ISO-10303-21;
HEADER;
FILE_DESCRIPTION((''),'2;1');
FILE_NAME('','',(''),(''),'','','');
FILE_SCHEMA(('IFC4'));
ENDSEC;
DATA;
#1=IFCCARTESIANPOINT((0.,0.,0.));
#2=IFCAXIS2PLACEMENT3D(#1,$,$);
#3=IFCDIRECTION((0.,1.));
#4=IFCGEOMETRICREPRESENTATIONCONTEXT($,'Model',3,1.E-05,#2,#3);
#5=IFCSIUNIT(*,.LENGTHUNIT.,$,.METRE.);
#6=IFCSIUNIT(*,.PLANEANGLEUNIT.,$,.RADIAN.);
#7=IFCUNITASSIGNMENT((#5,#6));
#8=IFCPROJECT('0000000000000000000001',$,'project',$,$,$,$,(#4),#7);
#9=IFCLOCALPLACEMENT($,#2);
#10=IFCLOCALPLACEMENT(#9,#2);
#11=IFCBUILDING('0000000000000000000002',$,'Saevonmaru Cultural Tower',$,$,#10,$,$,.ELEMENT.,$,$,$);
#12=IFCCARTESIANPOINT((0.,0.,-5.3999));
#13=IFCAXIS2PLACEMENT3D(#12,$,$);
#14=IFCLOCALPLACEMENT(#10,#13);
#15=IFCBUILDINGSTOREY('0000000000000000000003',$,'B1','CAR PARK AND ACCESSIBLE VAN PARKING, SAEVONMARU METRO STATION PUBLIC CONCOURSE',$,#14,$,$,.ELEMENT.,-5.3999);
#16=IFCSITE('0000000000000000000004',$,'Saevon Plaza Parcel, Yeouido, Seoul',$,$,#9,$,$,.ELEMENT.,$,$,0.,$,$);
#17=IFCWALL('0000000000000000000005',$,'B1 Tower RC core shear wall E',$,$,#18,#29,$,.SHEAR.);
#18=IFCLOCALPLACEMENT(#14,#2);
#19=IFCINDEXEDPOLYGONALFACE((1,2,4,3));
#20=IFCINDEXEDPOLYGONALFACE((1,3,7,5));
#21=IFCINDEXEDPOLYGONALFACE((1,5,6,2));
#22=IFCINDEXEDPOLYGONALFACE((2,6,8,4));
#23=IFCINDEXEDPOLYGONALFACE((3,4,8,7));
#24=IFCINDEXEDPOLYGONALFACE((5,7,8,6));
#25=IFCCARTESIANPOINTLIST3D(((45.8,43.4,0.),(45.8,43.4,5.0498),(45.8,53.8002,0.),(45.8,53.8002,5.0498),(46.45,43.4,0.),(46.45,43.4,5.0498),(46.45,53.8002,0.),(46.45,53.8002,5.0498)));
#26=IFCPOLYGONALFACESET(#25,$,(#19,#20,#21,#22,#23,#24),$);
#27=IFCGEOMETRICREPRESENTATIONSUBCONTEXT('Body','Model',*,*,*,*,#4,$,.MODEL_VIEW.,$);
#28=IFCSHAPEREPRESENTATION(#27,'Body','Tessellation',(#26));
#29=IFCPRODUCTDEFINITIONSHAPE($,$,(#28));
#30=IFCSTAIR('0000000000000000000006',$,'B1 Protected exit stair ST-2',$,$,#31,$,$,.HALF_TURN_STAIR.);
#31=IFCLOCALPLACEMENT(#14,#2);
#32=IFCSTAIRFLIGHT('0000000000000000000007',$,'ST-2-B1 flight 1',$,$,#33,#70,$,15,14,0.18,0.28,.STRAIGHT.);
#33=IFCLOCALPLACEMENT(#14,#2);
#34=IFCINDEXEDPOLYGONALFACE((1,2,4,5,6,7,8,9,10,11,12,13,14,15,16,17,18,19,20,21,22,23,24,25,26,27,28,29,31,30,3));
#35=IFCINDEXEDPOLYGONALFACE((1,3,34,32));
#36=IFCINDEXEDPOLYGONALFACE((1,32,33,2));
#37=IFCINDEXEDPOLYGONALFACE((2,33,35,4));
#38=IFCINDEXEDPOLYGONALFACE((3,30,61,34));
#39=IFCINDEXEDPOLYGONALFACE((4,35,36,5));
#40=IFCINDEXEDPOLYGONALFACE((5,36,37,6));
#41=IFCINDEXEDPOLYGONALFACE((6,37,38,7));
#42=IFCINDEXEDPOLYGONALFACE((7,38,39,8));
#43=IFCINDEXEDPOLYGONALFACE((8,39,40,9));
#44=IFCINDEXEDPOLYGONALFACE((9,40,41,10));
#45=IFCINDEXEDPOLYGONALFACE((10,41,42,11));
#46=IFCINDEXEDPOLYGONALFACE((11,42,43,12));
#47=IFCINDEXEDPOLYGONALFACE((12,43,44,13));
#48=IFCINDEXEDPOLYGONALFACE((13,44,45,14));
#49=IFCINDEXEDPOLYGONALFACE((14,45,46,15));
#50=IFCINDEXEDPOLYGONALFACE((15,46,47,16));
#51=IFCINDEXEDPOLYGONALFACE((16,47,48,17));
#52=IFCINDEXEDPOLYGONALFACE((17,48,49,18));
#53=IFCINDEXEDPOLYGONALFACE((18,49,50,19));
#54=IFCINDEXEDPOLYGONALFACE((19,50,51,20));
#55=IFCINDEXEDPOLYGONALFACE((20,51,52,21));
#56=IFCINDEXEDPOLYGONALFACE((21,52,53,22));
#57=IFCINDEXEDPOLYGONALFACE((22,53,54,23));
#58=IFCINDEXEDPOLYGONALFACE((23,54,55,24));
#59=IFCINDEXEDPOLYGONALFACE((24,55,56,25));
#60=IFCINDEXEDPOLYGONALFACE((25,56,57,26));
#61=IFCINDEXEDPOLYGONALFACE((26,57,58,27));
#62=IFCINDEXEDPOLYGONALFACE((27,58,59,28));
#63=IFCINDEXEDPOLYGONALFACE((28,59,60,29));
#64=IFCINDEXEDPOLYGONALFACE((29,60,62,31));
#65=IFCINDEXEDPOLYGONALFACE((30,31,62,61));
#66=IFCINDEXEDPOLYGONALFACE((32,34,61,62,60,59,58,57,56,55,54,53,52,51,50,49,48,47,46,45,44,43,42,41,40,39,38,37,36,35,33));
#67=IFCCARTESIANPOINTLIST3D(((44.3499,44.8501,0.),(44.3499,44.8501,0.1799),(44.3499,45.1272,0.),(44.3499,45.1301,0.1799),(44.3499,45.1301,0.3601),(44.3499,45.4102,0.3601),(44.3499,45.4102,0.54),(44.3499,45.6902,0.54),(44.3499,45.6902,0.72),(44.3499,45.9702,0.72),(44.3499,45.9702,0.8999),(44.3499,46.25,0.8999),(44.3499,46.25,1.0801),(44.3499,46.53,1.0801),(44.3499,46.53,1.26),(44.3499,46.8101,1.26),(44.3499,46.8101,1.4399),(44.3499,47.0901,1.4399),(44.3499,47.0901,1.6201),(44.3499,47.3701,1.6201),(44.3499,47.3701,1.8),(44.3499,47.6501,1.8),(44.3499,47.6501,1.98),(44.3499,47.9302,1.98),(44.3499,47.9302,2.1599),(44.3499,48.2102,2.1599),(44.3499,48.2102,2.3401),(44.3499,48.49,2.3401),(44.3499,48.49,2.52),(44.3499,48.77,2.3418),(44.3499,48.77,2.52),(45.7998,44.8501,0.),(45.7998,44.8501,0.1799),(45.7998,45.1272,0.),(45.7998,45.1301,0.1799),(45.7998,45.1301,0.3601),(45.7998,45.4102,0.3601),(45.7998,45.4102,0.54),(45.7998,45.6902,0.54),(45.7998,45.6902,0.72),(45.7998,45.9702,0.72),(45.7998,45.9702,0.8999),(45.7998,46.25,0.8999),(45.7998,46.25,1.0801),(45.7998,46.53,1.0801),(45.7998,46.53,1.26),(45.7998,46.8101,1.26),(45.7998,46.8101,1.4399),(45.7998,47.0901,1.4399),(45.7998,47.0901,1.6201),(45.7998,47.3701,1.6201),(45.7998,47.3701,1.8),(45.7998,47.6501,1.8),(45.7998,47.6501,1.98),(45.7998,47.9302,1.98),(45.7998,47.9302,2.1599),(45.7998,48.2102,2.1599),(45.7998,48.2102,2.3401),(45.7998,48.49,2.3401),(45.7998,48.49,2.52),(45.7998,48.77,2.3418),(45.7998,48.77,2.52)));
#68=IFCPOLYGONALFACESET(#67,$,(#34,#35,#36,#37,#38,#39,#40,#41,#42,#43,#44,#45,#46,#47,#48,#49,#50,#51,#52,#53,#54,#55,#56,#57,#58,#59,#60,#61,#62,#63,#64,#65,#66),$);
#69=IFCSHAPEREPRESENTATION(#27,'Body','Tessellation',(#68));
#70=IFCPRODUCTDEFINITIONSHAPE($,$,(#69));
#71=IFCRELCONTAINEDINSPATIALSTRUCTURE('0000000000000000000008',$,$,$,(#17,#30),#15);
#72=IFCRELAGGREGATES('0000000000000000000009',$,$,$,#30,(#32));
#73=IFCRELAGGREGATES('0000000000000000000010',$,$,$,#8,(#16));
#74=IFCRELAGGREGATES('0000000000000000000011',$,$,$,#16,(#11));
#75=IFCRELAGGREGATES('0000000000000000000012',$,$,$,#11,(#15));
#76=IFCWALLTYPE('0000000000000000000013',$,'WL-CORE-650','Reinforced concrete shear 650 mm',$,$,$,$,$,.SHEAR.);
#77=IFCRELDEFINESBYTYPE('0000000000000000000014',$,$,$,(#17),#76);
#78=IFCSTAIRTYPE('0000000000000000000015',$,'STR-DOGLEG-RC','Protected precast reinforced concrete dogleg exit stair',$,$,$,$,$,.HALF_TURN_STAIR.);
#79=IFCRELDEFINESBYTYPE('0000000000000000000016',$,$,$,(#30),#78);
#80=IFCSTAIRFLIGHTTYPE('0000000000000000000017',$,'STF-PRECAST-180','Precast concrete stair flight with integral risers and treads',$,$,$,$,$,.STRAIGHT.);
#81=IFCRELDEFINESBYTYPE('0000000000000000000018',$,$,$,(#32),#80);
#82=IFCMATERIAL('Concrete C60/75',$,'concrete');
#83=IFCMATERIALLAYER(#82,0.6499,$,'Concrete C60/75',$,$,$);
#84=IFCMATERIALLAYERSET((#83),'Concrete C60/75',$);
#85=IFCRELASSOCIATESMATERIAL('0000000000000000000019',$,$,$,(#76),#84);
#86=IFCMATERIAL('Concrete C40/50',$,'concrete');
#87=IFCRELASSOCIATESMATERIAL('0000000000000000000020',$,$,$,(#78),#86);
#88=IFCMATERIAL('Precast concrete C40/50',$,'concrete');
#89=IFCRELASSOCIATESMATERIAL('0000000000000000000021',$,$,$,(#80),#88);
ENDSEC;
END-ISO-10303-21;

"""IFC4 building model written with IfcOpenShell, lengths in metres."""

from ifc_helpers import new_model, si_unit, direction, frame, frame_2d, origin, place, context, subcontext, project, spatial, polyline, rectangle, outline, extrude, material, layer, layer_set, type_object, element, aggregate, save


model = new_model("IFC4")

# Units and contexts
model_context = context("Model", 3, precision=1e-05, world=origin(), true_north=direction((0.0, 1.0)))
body_context = subcontext(model_context, "Body", "Model", "MODEL_VIEW")
ifc_project = project(units=[si_unit("LENGTHUNIT", "METRE"), si_unit("PLANEANGLEUNIT", "RADIAN")], contexts=[model_context])

# Site, building, storey
site_placement = place(None, origin())
site = spatial("IfcSite", under=ifc_project, at=site_placement, Name="Saevon Plaza Parcel, Yeouido, Seoul", CompositionType="ELEMENT", RefElevation=0.0)
building_placement = place(site_placement, origin())
building = spatial("IfcBuilding", under=site, at=building_placement, Name="Saevonmaru Cultural Tower", CompositionType="ELEMENT")
storey_placement = place(building_placement, frame((0.0, 0.0, -5.3999)))
storey = spatial("IfcBuildingStorey", under=building, at=storey_placement, Name="B1", Description="CAR PARK AND ACCESSIBLE VAN PARKING, SAEVONMARU METRO STATION PUBLIC CONCOURSE", CompositionType="ELEMENT", Elevation=-5.3999)

# Shared definitions
ifc_material_1 = material(Name="Concrete C60/75", Category="concrete")

# Wall
ifc_layer_1 = layer(ifc_material_1, 0.6499, Name="Concrete C60/75")
ifc_layer_set_1 = layer_set([ifc_layer_1], Name="Concrete C60/75")
wall_type = type_object("IfcWallType", Name="WL-CORE-650", Description="Reinforced concrete shear 650 mm", PredefinedType="SHEAR", material=ifc_layer_set_1)
wall_placement = place(storey_placement, frame((46.125, 43.3999, 0.0), z_axis=(0.0, 0.0, 1.0), x_axis=(0.0, 1.0, 0.0)))
element("IfcWall", 1, at=wall_placement, inside=storey, type_object=wall_type, Name="B1 Tower RC core shear wall E", PredefinedType="SHEAR", context=body_context, shape_type="SweptSolid", body=[
    extrude(rectangle(XDim=10.4001, YDim=0.6499, at=frame_2d((5.2002, 0.0))), origin(), (0.0, 0.0, 1.0), 5.0498),
])

# Stair, stair flight
ifc_material_2 = material(Name="Concrete C40/50", Category="concrete")
stair_type = type_object("IfcStairType", Name="STR-DOGLEG-RC", Description="Protected precast reinforced concrete dogleg exit stair", PredefinedType="HALF_TURN_STAIR", material=ifc_material_2)
stair_placement = place(storey_placement, origin())
stair = element("IfcStair", 2, at=stair_placement, inside=storey, type_object=stair_type, Name="B1 Protected exit stair ST-2", PredefinedType="HALF_TURN_STAIR")
ifc_material_3 = material(Name="Precast concrete C40/50", Category="concrete")
stair_flight_type = type_object("IfcStairFlightType", Name="STF-PRECAST-180", Description="Precast concrete stair flight with integral risers and treads", PredefinedType="STRAIGHT", material=ifc_material_3)
stair_flight_placement = place(storey_placement, frame((45.075, 44.8501, 0.0), z_axis=(0.0, 0.0, 1.0), x_axis=(0.0, 1.0, 0.0)))
stair_flight = element("IfcStairFlight", 3, at=stair_flight_placement, type_object=stair_flight_type, Name="ST-2-B1 flight 1", NumberOfRisers=15, NumberOfTreads=14, PredefinedType="STRAIGHT", RiserHeight=0.18, TreadLength=0.28, context=body_context, shape_type="SweptSolid", body=[
    extrude(outline(polyline([(0.0, 0.0), (0.0, 0.1799), (0.28, 0.1799), (0.28, 0.3601), (0.5601, 0.3601), (0.5601, 0.54), (0.8401, 0.54), (0.8401, 0.72), (1.1201, 0.72), (1.1201, 0.8999), (1.3999, 0.8999), (1.3999, 1.0801), (1.6799, 1.0801), (1.6799, 1.26), (1.96, 1.26), (1.96, 1.4399), (2.24, 1.4399), (2.24, 1.6201), (2.52, 1.6201), (2.52, 1.8), (2.8, 1.8), (2.8, 1.98), (3.0801, 1.98), (3.0801, 2.1599), (3.3601, 2.1599), (3.3601, 2.3401), (3.6399, 2.3401), (3.6399, 2.52), (3.9199, 2.52), (3.9199, 2.7), (3.9199, 2.3418), (0.2771, 0.0), (0.0, 0.0)])), frame((0.0, 0.7251, 0.0), z_axis=(0.0, -1.0, 0.0), x_axis=(1.0, 0.0, 0.0)), (0.0, 0.0, 1.0), 1.45),
])
aggregate(stair, [stair_flight])

save(model, "model.ifc")
